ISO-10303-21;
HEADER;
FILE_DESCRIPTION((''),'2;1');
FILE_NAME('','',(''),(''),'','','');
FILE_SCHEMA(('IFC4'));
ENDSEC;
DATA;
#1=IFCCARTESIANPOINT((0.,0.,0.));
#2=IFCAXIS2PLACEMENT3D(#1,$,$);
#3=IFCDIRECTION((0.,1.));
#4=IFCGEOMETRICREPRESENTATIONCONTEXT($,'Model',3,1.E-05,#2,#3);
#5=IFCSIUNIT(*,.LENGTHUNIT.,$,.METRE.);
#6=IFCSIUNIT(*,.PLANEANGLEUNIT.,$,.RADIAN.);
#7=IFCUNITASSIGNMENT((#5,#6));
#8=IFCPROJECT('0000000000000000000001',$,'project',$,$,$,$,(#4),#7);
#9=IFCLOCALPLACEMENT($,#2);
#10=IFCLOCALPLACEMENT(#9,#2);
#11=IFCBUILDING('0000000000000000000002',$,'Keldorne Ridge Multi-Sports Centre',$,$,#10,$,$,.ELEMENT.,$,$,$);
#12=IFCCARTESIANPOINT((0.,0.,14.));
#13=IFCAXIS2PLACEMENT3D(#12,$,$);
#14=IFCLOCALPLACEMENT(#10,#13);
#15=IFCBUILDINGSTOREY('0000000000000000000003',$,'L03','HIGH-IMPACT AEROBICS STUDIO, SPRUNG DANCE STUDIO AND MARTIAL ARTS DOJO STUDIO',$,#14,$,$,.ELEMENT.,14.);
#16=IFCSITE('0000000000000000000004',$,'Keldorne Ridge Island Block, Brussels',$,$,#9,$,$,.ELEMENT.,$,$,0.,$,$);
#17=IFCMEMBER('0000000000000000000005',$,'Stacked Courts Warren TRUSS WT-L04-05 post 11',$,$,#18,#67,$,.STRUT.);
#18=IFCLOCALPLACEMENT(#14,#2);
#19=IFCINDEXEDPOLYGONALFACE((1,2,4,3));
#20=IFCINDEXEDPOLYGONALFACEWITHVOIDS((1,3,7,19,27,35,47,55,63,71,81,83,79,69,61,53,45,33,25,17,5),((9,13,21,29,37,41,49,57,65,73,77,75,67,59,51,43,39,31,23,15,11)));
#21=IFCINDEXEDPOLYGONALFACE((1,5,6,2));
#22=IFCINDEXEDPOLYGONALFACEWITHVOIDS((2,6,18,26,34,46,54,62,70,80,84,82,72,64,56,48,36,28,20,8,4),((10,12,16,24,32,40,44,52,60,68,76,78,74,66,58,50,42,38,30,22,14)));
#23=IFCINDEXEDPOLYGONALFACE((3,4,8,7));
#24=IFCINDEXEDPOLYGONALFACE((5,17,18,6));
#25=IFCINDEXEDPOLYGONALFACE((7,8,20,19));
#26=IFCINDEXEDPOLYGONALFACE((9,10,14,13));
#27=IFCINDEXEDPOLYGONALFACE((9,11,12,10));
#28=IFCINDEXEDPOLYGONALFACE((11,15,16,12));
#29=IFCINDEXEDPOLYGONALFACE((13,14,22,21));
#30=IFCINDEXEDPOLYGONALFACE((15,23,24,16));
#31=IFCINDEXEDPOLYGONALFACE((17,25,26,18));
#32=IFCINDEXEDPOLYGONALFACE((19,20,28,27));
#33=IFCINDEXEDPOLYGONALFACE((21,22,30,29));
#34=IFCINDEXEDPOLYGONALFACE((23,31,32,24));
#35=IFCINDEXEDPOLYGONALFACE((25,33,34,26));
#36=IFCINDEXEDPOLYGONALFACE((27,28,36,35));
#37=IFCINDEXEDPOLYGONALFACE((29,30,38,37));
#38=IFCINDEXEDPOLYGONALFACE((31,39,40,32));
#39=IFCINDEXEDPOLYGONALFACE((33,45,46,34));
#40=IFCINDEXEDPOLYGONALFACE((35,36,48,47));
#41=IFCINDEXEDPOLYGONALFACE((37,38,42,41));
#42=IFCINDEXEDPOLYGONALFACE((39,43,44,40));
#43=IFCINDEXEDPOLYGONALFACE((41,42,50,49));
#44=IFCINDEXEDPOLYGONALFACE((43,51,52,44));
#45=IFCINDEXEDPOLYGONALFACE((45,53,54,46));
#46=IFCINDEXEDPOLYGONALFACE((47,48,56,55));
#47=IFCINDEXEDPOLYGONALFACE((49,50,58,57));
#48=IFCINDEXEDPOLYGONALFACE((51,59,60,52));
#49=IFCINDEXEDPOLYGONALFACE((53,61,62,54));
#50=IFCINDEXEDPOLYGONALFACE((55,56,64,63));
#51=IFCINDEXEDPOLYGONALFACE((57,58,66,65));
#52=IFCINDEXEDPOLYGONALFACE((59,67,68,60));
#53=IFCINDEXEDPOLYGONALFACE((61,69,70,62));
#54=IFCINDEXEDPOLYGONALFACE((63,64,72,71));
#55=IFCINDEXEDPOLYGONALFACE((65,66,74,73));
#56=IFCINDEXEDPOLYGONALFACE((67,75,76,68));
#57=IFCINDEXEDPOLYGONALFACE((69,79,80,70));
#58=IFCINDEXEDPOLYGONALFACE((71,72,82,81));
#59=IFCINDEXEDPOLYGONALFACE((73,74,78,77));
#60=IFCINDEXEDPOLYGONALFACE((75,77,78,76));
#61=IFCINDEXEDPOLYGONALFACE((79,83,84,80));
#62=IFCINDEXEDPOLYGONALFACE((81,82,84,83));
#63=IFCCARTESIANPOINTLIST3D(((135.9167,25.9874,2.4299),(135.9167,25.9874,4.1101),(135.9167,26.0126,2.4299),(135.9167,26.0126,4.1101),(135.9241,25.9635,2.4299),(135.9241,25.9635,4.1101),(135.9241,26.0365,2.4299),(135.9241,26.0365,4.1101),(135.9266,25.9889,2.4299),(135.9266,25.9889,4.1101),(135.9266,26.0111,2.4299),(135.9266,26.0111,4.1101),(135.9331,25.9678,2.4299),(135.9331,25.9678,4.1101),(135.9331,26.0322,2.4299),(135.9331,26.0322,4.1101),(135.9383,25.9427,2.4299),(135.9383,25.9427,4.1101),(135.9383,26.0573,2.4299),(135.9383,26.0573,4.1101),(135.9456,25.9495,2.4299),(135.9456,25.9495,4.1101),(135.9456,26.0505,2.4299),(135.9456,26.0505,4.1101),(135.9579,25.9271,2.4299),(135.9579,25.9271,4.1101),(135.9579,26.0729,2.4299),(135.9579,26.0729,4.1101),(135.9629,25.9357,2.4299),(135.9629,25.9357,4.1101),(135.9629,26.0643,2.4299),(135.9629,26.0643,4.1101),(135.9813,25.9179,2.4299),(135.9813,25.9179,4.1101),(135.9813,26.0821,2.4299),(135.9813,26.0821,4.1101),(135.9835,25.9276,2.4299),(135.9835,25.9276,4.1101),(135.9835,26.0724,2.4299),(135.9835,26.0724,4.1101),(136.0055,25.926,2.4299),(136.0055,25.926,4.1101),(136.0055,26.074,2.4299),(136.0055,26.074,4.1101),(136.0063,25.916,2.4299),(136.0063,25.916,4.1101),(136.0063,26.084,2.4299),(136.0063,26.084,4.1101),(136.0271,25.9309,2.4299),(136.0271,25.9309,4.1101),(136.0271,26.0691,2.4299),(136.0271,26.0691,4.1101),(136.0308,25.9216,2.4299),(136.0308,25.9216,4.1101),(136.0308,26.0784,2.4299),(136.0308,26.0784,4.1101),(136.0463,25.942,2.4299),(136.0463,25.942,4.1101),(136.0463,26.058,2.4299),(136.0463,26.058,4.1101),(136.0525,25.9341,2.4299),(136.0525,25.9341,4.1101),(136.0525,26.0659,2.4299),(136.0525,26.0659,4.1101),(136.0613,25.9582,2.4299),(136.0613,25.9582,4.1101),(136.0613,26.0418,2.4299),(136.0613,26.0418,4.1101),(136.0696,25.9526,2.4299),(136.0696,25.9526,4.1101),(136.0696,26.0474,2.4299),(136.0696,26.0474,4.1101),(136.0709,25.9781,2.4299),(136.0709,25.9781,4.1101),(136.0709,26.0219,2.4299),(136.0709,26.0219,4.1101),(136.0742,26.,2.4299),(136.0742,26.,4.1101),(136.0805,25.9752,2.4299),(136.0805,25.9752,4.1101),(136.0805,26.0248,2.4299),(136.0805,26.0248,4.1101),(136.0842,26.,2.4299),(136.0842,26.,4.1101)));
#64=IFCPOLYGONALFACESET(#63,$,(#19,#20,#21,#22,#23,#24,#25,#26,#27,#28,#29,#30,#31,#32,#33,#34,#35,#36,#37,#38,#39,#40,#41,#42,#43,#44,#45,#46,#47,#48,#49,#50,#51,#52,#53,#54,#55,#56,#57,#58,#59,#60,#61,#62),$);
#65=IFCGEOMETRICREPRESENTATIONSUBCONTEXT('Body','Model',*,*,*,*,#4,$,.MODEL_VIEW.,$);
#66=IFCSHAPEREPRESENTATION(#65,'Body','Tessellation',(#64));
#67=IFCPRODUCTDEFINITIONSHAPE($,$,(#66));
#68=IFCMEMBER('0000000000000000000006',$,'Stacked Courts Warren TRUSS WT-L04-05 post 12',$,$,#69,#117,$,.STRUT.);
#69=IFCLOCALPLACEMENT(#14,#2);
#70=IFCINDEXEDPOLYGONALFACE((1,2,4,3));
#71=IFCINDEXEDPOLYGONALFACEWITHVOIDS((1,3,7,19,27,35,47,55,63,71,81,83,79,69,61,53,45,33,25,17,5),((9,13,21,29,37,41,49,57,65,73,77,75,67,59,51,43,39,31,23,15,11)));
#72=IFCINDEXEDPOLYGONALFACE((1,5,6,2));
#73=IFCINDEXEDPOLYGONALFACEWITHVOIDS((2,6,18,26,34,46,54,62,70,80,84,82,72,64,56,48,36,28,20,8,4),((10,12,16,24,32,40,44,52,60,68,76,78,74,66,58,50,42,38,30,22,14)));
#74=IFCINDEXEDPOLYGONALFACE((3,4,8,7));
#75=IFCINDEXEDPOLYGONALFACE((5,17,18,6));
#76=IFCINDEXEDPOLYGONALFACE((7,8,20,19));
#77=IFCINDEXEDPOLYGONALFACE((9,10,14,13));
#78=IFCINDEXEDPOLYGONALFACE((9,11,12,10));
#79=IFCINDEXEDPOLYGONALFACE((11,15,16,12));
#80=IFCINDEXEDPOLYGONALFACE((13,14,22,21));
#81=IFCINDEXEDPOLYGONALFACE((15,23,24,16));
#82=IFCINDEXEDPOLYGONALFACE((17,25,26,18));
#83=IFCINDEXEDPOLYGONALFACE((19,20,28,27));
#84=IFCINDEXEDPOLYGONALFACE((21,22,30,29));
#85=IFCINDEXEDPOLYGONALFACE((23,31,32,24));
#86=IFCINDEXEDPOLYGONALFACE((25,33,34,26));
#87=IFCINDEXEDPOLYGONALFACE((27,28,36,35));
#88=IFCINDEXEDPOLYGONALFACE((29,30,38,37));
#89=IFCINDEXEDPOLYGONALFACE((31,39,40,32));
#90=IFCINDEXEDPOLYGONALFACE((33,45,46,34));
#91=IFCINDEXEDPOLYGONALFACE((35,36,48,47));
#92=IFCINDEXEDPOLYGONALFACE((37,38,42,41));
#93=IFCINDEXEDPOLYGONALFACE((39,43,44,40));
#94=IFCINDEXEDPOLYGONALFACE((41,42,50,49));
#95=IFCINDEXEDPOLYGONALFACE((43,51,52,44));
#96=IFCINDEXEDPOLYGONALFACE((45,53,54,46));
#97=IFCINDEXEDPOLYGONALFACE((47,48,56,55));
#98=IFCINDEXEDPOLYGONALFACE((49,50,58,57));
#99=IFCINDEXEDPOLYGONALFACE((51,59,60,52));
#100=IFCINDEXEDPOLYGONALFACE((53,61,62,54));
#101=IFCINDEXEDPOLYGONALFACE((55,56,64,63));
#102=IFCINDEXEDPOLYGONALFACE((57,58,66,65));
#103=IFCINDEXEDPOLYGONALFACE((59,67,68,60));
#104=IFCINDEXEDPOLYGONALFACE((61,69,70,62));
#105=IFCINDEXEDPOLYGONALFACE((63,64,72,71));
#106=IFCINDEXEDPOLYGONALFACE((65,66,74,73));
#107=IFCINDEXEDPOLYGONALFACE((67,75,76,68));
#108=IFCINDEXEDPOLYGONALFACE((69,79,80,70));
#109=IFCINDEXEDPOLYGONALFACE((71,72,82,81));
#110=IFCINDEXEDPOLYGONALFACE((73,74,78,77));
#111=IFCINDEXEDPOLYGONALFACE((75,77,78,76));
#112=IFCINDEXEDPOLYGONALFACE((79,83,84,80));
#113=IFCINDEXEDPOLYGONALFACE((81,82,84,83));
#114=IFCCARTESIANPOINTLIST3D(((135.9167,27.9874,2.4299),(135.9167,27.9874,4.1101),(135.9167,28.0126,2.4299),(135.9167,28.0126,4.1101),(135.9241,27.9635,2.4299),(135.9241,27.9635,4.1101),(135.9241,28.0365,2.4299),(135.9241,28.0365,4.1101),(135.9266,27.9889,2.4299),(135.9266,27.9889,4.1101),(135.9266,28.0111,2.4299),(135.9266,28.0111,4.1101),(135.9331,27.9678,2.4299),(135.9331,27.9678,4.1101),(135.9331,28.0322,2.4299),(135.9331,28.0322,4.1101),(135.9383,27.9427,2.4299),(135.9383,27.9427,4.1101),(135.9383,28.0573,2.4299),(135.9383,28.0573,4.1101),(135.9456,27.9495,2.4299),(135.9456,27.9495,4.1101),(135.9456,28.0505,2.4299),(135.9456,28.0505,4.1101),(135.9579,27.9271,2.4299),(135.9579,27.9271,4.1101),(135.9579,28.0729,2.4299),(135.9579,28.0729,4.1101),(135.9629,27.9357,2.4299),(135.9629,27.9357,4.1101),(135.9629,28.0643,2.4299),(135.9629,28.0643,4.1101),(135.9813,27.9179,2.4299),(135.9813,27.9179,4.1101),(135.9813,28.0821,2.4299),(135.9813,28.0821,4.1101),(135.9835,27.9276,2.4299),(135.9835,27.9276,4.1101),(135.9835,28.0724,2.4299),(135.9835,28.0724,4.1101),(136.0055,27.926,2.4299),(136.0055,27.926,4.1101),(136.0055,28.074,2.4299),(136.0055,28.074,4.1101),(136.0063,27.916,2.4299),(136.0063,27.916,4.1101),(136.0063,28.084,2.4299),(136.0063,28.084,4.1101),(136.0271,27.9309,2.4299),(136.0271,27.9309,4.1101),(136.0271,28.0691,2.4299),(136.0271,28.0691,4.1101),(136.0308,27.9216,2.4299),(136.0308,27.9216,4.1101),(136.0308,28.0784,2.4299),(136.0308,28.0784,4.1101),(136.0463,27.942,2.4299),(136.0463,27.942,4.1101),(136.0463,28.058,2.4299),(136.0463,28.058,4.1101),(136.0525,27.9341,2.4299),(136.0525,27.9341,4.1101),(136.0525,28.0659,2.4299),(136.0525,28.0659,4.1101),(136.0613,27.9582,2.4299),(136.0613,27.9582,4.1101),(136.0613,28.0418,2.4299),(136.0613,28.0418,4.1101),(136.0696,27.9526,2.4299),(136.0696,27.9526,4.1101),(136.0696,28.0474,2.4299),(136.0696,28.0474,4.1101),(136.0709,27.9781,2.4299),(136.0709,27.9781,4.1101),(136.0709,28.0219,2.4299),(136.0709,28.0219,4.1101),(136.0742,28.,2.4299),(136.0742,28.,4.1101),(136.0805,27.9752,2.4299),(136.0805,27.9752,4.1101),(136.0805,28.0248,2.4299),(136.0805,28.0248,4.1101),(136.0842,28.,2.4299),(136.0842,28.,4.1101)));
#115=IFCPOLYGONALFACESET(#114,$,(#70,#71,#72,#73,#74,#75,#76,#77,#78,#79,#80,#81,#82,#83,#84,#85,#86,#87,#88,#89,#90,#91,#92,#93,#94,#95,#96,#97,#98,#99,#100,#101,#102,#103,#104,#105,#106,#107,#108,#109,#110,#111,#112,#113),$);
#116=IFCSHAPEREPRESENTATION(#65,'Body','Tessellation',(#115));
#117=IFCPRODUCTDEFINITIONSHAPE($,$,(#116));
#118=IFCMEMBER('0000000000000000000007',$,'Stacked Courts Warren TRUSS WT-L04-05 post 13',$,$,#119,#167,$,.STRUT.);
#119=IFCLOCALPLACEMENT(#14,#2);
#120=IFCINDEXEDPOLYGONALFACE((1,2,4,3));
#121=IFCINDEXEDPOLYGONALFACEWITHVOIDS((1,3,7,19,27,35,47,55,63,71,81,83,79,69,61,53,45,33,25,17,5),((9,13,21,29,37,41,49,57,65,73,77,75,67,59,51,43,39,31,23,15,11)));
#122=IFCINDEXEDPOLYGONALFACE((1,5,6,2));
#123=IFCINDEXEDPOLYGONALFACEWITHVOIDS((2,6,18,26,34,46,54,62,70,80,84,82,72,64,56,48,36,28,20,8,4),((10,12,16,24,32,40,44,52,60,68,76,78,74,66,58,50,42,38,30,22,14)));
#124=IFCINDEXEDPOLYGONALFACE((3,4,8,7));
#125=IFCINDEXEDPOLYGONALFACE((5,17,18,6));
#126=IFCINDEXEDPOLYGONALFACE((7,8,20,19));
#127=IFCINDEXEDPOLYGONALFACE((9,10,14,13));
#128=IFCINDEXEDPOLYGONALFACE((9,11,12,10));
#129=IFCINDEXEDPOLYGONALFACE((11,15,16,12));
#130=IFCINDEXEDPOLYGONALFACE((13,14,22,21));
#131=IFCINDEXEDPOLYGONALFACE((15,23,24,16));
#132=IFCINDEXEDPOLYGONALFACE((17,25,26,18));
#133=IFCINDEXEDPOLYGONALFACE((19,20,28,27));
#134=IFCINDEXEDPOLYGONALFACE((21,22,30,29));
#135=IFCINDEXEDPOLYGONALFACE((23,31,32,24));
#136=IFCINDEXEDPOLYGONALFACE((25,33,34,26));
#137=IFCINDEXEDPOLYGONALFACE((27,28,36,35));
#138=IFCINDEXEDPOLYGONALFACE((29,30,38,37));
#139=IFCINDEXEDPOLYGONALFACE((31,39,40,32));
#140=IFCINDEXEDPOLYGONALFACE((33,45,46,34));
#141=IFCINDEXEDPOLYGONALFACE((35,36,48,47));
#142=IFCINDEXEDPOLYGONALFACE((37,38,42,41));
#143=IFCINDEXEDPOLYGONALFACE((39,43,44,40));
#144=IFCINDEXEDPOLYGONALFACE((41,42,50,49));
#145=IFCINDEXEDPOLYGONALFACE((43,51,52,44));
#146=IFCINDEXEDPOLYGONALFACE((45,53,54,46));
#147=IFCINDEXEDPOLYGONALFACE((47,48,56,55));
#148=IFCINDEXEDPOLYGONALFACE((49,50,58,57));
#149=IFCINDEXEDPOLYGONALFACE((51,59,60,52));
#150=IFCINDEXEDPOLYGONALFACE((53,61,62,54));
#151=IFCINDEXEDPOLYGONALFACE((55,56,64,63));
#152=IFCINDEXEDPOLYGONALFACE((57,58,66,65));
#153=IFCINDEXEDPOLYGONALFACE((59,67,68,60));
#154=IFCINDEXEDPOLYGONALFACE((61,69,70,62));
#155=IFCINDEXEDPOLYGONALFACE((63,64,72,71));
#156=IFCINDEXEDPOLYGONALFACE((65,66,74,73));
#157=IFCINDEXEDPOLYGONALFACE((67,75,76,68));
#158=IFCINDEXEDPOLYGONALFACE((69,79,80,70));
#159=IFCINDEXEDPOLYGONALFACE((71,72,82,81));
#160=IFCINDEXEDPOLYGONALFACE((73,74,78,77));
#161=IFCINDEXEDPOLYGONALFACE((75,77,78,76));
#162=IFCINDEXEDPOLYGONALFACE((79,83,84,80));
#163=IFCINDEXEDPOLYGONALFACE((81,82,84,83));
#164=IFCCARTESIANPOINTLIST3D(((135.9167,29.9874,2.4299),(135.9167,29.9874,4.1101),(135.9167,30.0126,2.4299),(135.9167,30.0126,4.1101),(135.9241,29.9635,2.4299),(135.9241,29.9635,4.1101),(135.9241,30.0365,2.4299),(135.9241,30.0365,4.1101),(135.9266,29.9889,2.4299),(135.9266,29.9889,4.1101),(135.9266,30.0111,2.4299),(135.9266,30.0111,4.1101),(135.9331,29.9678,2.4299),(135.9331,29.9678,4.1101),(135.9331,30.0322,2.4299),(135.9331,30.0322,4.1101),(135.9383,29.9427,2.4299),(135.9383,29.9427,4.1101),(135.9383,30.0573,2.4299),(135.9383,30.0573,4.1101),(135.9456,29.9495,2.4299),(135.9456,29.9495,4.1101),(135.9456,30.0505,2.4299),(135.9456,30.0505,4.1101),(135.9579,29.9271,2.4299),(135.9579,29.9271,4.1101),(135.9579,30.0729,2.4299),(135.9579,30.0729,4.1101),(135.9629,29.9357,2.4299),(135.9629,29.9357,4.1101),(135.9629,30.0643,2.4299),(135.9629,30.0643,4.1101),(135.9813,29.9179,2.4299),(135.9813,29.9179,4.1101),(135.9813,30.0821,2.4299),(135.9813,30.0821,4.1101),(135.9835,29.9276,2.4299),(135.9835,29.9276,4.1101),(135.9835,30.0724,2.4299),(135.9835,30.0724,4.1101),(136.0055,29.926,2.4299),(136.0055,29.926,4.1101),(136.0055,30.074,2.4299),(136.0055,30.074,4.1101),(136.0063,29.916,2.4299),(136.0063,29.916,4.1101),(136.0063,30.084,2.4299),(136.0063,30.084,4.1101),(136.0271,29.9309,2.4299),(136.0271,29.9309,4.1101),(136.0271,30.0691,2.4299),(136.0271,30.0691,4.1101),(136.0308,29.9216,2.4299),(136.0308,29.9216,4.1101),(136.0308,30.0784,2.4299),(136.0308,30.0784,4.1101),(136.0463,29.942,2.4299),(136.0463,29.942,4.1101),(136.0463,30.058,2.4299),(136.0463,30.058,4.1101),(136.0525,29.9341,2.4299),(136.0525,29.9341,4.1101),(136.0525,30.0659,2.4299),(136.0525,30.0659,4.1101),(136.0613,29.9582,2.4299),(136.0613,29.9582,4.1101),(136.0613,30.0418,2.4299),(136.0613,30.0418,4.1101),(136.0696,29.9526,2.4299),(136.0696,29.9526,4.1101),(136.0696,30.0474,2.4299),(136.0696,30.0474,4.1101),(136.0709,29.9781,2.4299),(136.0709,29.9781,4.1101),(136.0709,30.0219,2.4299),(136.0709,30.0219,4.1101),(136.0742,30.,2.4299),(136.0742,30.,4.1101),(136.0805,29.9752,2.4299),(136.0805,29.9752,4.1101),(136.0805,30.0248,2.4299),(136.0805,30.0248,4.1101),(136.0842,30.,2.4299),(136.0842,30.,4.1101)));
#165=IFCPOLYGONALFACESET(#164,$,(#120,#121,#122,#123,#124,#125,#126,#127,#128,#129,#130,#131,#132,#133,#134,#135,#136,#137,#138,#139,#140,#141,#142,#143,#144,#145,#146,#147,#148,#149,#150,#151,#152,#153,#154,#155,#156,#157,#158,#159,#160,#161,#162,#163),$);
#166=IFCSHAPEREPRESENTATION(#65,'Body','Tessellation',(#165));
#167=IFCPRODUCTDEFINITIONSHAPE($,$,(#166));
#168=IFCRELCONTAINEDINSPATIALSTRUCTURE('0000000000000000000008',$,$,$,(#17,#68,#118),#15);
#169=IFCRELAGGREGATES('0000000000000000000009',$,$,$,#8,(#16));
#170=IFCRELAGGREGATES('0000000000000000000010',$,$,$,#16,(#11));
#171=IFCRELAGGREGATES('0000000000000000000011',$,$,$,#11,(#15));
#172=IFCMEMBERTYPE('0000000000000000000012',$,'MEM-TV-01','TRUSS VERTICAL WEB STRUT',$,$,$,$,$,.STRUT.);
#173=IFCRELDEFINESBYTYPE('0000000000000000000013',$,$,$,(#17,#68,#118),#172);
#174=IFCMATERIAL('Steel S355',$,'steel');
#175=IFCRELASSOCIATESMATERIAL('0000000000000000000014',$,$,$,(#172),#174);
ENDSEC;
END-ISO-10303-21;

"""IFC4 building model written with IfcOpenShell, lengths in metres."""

from ifc_helpers import new_model, si_unit, direction, frame, origin, origin_2d, place, context, subcontext, project, spatial, hollow_circle, extrude, material, material_profile, profile_set, type_object, element, save


model = new_model("IFC4")

# Units and contexts
model_context = context("Model", 3, precision=1e-05, world=origin(), true_north=direction((0.0, 1.0)))
body_context = subcontext(model_context, "Body", "Model", "MODEL_VIEW")
ifc_project = project(units=[si_unit("LENGTHUNIT", "METRE"), si_unit("PLANEANGLEUNIT", "RADIAN")], contexts=[model_context])

# Site, building, storey
site_placement = place(None, origin())
site = spatial("IfcSite", under=ifc_project, at=site_placement, Name="Keldorne Ridge Island Block, Brussels", CompositionType="ELEMENT", RefElevation=0.0)
building_placement = place(site_placement, origin())
building = spatial("IfcBuilding", under=site, at=building_placement, Name="Keldorne Ridge Multi-Sports Centre", CompositionType="ELEMENT")
storey_placement = place(building_placement, frame((0.0, 0.0, 14.0)))
storey = spatial("IfcBuildingStorey", under=building, at=storey_placement, Name="L03", Description="HIGH-IMPACT AEROBICS STUDIO, SPRUNG DANCE STUDIO AND MARTIAL ARTS DOJO STUDIO", CompositionType="ELEMENT", Elevation=14.0)

# Members
ifc_material = material(Name="Steel S355", Category="steel")
ifc_material_profile_1 = material_profile(ifc_material, hollow_circle(Radius=0.0842, WallThickness=0.01, at=origin_2d()), Name="CHS 168.3x10")
ifc_profile_set_1 = profile_set([ifc_material_profile_1], Name="Steel S355")
member_type_1 = type_object("IfcMemberType", Name="MEM-TV-01", Description="TRUSS VERTICAL WEB STRUT", PredefinedType="STRUT", material=ifc_profile_set_1)
for number, where, z_axis, x_axis, name in (
    (1, (136.0, 26.0, 2.4299), (0.0, 0.0, 1.0), (1.0, 0.0, 0.0), "Stacked Courts Warren TRUSS WT-L04-05 post 11"),
    (2, (136.0, 28.0, 2.4299), (0.0, 0.0, 1.0), (1.0, 0.0, 0.0), "Stacked Courts Warren TRUSS WT-L04-05 post 12"),
    (3, (136.0, 30.0, 2.4299), (0.0, 0.0, 1.0), (1.0, 0.0, 0.0), "Stacked Courts Warren TRUSS WT-L04-05 post 13"),
):
    element("IfcMember", number, at=place(storey_placement, frame(where, z_axis=z_axis, x_axis=x_axis)), inside=storey, type_object=member_type_1, Name=name, PredefinedType="STRUT", context=body_context, shape_type="SweptSolid", body=[
        extrude(hollow_circle(Radius=0.0842, WallThickness=0.01, at=origin_2d()), origin(), (0.0, 0.0, 1.0), 1.6802),
    ])

save(model, "model.ifc")
